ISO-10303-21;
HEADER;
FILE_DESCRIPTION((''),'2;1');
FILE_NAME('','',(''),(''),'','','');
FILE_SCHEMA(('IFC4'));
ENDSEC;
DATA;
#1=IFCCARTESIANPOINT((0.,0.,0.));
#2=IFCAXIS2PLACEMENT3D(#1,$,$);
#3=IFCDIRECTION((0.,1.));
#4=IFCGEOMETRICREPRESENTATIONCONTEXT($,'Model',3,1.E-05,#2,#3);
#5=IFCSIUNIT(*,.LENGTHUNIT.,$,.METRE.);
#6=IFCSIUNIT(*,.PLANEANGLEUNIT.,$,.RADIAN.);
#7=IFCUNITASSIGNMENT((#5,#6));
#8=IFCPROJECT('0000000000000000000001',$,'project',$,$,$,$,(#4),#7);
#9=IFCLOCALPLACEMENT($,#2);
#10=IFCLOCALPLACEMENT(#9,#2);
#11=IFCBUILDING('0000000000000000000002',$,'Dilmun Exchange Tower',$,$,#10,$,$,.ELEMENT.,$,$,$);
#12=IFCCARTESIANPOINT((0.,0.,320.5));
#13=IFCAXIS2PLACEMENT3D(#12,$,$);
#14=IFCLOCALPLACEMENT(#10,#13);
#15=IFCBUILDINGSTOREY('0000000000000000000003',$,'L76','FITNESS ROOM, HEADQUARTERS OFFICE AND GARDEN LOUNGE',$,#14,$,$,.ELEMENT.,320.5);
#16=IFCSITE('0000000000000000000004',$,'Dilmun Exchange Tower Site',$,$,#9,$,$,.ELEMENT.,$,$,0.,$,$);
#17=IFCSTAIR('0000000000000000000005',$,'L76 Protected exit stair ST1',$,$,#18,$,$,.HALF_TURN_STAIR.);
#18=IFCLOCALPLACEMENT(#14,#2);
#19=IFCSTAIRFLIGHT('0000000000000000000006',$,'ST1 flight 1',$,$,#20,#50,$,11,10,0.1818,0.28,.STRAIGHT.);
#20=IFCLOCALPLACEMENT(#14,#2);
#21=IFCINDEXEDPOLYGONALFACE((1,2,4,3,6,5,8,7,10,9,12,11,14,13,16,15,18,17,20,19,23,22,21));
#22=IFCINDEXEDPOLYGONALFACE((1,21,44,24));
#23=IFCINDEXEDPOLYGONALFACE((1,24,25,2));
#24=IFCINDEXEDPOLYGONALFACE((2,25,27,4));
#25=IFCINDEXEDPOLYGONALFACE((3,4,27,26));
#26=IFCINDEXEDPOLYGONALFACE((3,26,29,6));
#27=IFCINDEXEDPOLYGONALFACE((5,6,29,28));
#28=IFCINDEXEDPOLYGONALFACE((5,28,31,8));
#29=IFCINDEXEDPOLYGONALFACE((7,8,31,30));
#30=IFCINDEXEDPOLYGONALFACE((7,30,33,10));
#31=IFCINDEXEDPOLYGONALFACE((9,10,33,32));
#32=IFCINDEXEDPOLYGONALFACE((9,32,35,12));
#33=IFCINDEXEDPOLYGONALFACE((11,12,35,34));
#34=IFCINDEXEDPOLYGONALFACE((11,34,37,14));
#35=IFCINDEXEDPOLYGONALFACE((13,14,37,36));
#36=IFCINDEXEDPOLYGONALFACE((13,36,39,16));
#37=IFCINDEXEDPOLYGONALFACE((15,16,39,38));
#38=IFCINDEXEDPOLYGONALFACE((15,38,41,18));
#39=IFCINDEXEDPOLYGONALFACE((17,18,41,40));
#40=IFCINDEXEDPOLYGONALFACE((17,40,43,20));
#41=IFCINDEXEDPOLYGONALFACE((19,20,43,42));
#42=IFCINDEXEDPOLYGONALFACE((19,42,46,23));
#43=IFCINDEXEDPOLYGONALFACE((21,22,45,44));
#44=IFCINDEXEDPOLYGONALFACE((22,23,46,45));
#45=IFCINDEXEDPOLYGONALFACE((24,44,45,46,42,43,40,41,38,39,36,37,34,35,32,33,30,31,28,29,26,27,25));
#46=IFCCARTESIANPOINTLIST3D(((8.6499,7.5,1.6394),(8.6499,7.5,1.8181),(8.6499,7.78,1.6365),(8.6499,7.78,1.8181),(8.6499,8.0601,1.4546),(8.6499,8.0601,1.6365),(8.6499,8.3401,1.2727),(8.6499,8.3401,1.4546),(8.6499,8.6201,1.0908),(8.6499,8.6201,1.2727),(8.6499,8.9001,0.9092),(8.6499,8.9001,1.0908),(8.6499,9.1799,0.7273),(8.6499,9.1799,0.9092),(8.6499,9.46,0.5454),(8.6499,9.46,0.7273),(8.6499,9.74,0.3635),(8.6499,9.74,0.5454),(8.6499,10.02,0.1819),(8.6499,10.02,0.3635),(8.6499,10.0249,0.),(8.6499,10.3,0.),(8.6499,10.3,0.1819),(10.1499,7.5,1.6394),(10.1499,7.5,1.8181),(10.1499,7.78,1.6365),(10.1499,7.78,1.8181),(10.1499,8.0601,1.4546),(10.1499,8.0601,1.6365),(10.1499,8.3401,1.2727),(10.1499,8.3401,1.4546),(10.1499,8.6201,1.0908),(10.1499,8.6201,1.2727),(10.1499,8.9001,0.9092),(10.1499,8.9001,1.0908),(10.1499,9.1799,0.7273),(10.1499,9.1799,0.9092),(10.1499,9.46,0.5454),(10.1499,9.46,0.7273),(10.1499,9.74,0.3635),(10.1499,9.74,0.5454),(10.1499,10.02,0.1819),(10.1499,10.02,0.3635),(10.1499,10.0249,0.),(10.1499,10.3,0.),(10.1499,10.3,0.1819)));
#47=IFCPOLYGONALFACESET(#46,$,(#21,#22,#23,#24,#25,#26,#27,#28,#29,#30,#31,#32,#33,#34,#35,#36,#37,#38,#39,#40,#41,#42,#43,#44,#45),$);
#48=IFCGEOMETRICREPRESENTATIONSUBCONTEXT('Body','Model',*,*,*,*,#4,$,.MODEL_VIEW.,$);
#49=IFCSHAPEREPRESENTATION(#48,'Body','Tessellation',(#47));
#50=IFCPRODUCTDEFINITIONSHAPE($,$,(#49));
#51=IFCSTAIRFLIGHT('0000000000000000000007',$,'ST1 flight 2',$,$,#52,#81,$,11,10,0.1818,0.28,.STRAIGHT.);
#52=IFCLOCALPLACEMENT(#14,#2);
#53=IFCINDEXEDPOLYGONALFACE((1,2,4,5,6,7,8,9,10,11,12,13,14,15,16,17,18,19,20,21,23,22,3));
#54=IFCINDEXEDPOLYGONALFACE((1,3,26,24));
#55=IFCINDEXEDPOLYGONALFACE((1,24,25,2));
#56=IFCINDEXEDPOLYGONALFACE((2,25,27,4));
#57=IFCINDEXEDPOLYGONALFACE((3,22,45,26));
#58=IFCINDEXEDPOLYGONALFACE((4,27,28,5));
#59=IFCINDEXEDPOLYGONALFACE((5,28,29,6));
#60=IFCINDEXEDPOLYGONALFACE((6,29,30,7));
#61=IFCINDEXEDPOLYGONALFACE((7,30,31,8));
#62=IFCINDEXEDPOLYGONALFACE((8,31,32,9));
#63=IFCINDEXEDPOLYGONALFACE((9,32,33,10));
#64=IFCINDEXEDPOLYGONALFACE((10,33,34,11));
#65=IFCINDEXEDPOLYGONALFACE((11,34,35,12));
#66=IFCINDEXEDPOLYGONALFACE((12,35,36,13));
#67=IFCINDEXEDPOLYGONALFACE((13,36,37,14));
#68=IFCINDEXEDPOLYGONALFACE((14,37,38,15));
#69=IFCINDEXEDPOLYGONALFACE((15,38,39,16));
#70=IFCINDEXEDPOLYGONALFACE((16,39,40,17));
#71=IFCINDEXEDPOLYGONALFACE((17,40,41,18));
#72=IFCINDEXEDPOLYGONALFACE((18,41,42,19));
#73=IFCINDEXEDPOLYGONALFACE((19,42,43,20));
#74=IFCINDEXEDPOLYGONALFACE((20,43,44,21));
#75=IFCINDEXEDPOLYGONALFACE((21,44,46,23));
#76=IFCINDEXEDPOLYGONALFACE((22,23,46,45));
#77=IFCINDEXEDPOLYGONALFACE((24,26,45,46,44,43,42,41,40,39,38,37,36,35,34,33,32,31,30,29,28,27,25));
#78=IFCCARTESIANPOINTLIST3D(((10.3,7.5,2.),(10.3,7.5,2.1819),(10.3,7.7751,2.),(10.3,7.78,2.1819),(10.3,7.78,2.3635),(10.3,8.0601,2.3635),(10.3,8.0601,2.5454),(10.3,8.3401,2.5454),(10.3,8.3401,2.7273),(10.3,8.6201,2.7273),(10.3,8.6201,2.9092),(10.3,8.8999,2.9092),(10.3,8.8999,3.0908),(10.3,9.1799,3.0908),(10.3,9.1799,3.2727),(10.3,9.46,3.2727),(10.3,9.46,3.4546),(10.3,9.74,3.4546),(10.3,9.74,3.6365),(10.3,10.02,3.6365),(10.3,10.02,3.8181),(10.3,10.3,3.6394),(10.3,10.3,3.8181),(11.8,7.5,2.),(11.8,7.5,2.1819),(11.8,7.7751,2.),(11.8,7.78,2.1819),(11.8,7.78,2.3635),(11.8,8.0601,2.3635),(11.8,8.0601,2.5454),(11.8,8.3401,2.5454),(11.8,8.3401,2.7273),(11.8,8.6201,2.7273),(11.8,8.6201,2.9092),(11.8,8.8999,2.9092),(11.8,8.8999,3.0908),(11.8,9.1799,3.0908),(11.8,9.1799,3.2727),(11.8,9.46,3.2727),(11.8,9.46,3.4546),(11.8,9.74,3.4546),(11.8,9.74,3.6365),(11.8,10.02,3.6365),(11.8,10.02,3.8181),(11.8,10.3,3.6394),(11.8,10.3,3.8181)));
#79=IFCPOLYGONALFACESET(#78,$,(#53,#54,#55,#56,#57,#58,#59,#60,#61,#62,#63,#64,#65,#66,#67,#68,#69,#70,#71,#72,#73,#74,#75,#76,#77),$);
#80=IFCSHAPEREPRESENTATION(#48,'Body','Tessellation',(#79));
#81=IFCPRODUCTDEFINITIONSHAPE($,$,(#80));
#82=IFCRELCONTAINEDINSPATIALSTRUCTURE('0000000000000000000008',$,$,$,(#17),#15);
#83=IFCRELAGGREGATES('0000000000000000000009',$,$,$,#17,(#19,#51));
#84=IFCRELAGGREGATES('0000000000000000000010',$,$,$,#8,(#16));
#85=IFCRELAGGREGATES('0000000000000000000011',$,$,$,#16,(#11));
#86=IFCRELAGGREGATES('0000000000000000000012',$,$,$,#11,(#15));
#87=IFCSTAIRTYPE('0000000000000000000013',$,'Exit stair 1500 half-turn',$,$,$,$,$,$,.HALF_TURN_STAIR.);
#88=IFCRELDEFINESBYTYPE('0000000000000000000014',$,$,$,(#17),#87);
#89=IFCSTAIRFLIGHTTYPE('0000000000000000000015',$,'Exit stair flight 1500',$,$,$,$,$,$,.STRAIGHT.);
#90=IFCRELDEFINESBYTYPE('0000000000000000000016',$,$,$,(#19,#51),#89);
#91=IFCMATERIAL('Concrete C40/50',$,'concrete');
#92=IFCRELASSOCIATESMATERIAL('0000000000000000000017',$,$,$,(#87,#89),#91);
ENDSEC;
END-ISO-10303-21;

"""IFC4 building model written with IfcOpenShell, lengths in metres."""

from ifc_helpers import new_model, si_unit, direction, frame, origin, place, context, subcontext, project, spatial, polyline, outline, extrude, material, type_object, element, aggregate, save


model = new_model("IFC4")

# Units and contexts
model_context = context("Model", 3, precision=1e-05, world=origin(), true_north=direction((0.0, 1.0)))
body_context = subcontext(model_context, "Body", "Model", "MODEL_VIEW")
ifc_project = project(units=[si_unit("LENGTHUNIT", "METRE"), si_unit("PLANEANGLEUNIT", "RADIAN")], contexts=[model_context])

# Site, building, storey
site_placement = place(None, origin())
site = spatial("IfcSite", under=ifc_project, at=site_placement, Name="Dilmun Exchange Tower Site", CompositionType="ELEMENT", RefElevation=0.0)
building_placement = place(site_placement, origin())
building = spatial("IfcBuilding", under=site, at=building_placement, Name="Dilmun Exchange Tower", CompositionType="ELEMENT")
storey_placement = place(building_placement, frame((0.0, 0.0, 320.5)))
storey = spatial("IfcBuildingStorey", under=building, at=storey_placement, Name="L76", Description="FITNESS ROOM, HEADQUARTERS OFFICE AND GARDEN LOUNGE", CompositionType="ELEMENT", Elevation=320.5)

# Shared definitions
ifc_material_1 = material(Name="Concrete C40/50", Category="concrete")

# Stair, stair flights
stair_type = type_object("IfcStairType", Name="Exit stair 1500 half-turn", PredefinedType="HALF_TURN_STAIR", material=ifc_material_1)
stair_placement = place(storey_placement, origin())
stair = element("IfcStair", 1, at=stair_placement, inside=storey, type_object=stair_type, Name="L76 Protected exit stair ST1", PredefinedType="HALF_TURN_STAIR")
stair_flight_type = type_object("IfcStairFlightType", Name="Exit stair flight 1500", PredefinedType="STRAIGHT", material=ifc_material_1)
stair_flight_1_placement = place(storey_placement, frame((9.3999, 10.3, 0.0), z_axis=(0.0, 0.0, 1.0), x_axis=(0.0, -1.0, 0.0)))
stair_flight_1 = element("IfcStairFlight", 2, at=stair_flight_1_placement, type_object=stair_flight_type, Name="ST1 flight 1", NumberOfRisers=11, NumberOfTreads=10, PredefinedType="STRAIGHT", RiserHeight=0.1818, TreadLength=0.28, context=body_context, shape_type="SweptSolid", body=[
    extrude(outline(polyline([(0.0, 0.0), (0.0, 0.1819), (0.28, 0.1819), (0.28, 0.3635), (0.5601, 0.3635), (0.5601, 0.5454), (0.8401, 0.5454), (0.8401, 0.7273), (1.1201, 0.7273), (1.1201, 0.9092), (1.3999, 0.9092), (1.3999, 1.0908), (1.6799, 1.0908), (1.6799, 1.2727), (1.96, 1.2727), (1.96, 1.4546), (2.24, 1.4546), (2.24, 1.6365), (2.52, 1.6365), (2.52, 1.8181), (2.8, 1.8181), (2.8, 2.0), (2.8, 1.6394), (0.2751, 0.0), (0.0, 0.0)])), frame((0.0, 0.75, 0.0), z_axis=(0.0, -1.0, 0.0), x_axis=(1.0, 0.0, 0.0)), (0.0, 0.0, 1.0), 1.5),
])
stair_flight_2_placement = place(storey_placement, frame((11.05, 7.5, 2.0), z_axis=(0.0, 0.0, 1.0), x_axis=(0.0, 1.0, 0.0)))
stair_flight_2 = element("IfcStairFlight", 3, at=stair_flight_2_placement, type_object=stair_flight_type, Name="ST1 flight 2", NumberOfRisers=11, NumberOfTreads=10, PredefinedType="STRAIGHT", RiserHeight=0.1818, TreadLength=0.28, context=body_context, shape_type="SweptSolid", body=[
    extrude(outline(polyline([(0.0, 0.0), (0.0, 0.1819), (0.28, 0.1819), (0.28, 0.3635), (0.5601, 0.3635), (0.5601, 0.5454), (0.8401, 0.5454), (0.8401, 0.7273), (1.1201, 0.7273), (1.1201, 0.9092), (1.3999, 0.9092), (1.3999, 1.0908), (1.6799, 1.0908), (1.6799, 1.2727), (1.96, 1.2727), (1.96, 1.4546), (2.24, 1.4546), (2.24, 1.6365), (2.52, 1.6365), (2.52, 1.8181), (2.8, 1.8181), (2.8, 2.0), (2.8, 1.6394), (0.2751, 0.0), (0.0, 0.0)])), frame((0.0, 0.75, 0.0), z_axis=(0.0, -1.0, 0.0), x_axis=(1.0, 0.0, 0.0)), (0.0, 0.0, 1.0), 1.5),
])
aggregate(stair, [stair_flight_1, stair_flight_2])

save(model, "model.ifc")
